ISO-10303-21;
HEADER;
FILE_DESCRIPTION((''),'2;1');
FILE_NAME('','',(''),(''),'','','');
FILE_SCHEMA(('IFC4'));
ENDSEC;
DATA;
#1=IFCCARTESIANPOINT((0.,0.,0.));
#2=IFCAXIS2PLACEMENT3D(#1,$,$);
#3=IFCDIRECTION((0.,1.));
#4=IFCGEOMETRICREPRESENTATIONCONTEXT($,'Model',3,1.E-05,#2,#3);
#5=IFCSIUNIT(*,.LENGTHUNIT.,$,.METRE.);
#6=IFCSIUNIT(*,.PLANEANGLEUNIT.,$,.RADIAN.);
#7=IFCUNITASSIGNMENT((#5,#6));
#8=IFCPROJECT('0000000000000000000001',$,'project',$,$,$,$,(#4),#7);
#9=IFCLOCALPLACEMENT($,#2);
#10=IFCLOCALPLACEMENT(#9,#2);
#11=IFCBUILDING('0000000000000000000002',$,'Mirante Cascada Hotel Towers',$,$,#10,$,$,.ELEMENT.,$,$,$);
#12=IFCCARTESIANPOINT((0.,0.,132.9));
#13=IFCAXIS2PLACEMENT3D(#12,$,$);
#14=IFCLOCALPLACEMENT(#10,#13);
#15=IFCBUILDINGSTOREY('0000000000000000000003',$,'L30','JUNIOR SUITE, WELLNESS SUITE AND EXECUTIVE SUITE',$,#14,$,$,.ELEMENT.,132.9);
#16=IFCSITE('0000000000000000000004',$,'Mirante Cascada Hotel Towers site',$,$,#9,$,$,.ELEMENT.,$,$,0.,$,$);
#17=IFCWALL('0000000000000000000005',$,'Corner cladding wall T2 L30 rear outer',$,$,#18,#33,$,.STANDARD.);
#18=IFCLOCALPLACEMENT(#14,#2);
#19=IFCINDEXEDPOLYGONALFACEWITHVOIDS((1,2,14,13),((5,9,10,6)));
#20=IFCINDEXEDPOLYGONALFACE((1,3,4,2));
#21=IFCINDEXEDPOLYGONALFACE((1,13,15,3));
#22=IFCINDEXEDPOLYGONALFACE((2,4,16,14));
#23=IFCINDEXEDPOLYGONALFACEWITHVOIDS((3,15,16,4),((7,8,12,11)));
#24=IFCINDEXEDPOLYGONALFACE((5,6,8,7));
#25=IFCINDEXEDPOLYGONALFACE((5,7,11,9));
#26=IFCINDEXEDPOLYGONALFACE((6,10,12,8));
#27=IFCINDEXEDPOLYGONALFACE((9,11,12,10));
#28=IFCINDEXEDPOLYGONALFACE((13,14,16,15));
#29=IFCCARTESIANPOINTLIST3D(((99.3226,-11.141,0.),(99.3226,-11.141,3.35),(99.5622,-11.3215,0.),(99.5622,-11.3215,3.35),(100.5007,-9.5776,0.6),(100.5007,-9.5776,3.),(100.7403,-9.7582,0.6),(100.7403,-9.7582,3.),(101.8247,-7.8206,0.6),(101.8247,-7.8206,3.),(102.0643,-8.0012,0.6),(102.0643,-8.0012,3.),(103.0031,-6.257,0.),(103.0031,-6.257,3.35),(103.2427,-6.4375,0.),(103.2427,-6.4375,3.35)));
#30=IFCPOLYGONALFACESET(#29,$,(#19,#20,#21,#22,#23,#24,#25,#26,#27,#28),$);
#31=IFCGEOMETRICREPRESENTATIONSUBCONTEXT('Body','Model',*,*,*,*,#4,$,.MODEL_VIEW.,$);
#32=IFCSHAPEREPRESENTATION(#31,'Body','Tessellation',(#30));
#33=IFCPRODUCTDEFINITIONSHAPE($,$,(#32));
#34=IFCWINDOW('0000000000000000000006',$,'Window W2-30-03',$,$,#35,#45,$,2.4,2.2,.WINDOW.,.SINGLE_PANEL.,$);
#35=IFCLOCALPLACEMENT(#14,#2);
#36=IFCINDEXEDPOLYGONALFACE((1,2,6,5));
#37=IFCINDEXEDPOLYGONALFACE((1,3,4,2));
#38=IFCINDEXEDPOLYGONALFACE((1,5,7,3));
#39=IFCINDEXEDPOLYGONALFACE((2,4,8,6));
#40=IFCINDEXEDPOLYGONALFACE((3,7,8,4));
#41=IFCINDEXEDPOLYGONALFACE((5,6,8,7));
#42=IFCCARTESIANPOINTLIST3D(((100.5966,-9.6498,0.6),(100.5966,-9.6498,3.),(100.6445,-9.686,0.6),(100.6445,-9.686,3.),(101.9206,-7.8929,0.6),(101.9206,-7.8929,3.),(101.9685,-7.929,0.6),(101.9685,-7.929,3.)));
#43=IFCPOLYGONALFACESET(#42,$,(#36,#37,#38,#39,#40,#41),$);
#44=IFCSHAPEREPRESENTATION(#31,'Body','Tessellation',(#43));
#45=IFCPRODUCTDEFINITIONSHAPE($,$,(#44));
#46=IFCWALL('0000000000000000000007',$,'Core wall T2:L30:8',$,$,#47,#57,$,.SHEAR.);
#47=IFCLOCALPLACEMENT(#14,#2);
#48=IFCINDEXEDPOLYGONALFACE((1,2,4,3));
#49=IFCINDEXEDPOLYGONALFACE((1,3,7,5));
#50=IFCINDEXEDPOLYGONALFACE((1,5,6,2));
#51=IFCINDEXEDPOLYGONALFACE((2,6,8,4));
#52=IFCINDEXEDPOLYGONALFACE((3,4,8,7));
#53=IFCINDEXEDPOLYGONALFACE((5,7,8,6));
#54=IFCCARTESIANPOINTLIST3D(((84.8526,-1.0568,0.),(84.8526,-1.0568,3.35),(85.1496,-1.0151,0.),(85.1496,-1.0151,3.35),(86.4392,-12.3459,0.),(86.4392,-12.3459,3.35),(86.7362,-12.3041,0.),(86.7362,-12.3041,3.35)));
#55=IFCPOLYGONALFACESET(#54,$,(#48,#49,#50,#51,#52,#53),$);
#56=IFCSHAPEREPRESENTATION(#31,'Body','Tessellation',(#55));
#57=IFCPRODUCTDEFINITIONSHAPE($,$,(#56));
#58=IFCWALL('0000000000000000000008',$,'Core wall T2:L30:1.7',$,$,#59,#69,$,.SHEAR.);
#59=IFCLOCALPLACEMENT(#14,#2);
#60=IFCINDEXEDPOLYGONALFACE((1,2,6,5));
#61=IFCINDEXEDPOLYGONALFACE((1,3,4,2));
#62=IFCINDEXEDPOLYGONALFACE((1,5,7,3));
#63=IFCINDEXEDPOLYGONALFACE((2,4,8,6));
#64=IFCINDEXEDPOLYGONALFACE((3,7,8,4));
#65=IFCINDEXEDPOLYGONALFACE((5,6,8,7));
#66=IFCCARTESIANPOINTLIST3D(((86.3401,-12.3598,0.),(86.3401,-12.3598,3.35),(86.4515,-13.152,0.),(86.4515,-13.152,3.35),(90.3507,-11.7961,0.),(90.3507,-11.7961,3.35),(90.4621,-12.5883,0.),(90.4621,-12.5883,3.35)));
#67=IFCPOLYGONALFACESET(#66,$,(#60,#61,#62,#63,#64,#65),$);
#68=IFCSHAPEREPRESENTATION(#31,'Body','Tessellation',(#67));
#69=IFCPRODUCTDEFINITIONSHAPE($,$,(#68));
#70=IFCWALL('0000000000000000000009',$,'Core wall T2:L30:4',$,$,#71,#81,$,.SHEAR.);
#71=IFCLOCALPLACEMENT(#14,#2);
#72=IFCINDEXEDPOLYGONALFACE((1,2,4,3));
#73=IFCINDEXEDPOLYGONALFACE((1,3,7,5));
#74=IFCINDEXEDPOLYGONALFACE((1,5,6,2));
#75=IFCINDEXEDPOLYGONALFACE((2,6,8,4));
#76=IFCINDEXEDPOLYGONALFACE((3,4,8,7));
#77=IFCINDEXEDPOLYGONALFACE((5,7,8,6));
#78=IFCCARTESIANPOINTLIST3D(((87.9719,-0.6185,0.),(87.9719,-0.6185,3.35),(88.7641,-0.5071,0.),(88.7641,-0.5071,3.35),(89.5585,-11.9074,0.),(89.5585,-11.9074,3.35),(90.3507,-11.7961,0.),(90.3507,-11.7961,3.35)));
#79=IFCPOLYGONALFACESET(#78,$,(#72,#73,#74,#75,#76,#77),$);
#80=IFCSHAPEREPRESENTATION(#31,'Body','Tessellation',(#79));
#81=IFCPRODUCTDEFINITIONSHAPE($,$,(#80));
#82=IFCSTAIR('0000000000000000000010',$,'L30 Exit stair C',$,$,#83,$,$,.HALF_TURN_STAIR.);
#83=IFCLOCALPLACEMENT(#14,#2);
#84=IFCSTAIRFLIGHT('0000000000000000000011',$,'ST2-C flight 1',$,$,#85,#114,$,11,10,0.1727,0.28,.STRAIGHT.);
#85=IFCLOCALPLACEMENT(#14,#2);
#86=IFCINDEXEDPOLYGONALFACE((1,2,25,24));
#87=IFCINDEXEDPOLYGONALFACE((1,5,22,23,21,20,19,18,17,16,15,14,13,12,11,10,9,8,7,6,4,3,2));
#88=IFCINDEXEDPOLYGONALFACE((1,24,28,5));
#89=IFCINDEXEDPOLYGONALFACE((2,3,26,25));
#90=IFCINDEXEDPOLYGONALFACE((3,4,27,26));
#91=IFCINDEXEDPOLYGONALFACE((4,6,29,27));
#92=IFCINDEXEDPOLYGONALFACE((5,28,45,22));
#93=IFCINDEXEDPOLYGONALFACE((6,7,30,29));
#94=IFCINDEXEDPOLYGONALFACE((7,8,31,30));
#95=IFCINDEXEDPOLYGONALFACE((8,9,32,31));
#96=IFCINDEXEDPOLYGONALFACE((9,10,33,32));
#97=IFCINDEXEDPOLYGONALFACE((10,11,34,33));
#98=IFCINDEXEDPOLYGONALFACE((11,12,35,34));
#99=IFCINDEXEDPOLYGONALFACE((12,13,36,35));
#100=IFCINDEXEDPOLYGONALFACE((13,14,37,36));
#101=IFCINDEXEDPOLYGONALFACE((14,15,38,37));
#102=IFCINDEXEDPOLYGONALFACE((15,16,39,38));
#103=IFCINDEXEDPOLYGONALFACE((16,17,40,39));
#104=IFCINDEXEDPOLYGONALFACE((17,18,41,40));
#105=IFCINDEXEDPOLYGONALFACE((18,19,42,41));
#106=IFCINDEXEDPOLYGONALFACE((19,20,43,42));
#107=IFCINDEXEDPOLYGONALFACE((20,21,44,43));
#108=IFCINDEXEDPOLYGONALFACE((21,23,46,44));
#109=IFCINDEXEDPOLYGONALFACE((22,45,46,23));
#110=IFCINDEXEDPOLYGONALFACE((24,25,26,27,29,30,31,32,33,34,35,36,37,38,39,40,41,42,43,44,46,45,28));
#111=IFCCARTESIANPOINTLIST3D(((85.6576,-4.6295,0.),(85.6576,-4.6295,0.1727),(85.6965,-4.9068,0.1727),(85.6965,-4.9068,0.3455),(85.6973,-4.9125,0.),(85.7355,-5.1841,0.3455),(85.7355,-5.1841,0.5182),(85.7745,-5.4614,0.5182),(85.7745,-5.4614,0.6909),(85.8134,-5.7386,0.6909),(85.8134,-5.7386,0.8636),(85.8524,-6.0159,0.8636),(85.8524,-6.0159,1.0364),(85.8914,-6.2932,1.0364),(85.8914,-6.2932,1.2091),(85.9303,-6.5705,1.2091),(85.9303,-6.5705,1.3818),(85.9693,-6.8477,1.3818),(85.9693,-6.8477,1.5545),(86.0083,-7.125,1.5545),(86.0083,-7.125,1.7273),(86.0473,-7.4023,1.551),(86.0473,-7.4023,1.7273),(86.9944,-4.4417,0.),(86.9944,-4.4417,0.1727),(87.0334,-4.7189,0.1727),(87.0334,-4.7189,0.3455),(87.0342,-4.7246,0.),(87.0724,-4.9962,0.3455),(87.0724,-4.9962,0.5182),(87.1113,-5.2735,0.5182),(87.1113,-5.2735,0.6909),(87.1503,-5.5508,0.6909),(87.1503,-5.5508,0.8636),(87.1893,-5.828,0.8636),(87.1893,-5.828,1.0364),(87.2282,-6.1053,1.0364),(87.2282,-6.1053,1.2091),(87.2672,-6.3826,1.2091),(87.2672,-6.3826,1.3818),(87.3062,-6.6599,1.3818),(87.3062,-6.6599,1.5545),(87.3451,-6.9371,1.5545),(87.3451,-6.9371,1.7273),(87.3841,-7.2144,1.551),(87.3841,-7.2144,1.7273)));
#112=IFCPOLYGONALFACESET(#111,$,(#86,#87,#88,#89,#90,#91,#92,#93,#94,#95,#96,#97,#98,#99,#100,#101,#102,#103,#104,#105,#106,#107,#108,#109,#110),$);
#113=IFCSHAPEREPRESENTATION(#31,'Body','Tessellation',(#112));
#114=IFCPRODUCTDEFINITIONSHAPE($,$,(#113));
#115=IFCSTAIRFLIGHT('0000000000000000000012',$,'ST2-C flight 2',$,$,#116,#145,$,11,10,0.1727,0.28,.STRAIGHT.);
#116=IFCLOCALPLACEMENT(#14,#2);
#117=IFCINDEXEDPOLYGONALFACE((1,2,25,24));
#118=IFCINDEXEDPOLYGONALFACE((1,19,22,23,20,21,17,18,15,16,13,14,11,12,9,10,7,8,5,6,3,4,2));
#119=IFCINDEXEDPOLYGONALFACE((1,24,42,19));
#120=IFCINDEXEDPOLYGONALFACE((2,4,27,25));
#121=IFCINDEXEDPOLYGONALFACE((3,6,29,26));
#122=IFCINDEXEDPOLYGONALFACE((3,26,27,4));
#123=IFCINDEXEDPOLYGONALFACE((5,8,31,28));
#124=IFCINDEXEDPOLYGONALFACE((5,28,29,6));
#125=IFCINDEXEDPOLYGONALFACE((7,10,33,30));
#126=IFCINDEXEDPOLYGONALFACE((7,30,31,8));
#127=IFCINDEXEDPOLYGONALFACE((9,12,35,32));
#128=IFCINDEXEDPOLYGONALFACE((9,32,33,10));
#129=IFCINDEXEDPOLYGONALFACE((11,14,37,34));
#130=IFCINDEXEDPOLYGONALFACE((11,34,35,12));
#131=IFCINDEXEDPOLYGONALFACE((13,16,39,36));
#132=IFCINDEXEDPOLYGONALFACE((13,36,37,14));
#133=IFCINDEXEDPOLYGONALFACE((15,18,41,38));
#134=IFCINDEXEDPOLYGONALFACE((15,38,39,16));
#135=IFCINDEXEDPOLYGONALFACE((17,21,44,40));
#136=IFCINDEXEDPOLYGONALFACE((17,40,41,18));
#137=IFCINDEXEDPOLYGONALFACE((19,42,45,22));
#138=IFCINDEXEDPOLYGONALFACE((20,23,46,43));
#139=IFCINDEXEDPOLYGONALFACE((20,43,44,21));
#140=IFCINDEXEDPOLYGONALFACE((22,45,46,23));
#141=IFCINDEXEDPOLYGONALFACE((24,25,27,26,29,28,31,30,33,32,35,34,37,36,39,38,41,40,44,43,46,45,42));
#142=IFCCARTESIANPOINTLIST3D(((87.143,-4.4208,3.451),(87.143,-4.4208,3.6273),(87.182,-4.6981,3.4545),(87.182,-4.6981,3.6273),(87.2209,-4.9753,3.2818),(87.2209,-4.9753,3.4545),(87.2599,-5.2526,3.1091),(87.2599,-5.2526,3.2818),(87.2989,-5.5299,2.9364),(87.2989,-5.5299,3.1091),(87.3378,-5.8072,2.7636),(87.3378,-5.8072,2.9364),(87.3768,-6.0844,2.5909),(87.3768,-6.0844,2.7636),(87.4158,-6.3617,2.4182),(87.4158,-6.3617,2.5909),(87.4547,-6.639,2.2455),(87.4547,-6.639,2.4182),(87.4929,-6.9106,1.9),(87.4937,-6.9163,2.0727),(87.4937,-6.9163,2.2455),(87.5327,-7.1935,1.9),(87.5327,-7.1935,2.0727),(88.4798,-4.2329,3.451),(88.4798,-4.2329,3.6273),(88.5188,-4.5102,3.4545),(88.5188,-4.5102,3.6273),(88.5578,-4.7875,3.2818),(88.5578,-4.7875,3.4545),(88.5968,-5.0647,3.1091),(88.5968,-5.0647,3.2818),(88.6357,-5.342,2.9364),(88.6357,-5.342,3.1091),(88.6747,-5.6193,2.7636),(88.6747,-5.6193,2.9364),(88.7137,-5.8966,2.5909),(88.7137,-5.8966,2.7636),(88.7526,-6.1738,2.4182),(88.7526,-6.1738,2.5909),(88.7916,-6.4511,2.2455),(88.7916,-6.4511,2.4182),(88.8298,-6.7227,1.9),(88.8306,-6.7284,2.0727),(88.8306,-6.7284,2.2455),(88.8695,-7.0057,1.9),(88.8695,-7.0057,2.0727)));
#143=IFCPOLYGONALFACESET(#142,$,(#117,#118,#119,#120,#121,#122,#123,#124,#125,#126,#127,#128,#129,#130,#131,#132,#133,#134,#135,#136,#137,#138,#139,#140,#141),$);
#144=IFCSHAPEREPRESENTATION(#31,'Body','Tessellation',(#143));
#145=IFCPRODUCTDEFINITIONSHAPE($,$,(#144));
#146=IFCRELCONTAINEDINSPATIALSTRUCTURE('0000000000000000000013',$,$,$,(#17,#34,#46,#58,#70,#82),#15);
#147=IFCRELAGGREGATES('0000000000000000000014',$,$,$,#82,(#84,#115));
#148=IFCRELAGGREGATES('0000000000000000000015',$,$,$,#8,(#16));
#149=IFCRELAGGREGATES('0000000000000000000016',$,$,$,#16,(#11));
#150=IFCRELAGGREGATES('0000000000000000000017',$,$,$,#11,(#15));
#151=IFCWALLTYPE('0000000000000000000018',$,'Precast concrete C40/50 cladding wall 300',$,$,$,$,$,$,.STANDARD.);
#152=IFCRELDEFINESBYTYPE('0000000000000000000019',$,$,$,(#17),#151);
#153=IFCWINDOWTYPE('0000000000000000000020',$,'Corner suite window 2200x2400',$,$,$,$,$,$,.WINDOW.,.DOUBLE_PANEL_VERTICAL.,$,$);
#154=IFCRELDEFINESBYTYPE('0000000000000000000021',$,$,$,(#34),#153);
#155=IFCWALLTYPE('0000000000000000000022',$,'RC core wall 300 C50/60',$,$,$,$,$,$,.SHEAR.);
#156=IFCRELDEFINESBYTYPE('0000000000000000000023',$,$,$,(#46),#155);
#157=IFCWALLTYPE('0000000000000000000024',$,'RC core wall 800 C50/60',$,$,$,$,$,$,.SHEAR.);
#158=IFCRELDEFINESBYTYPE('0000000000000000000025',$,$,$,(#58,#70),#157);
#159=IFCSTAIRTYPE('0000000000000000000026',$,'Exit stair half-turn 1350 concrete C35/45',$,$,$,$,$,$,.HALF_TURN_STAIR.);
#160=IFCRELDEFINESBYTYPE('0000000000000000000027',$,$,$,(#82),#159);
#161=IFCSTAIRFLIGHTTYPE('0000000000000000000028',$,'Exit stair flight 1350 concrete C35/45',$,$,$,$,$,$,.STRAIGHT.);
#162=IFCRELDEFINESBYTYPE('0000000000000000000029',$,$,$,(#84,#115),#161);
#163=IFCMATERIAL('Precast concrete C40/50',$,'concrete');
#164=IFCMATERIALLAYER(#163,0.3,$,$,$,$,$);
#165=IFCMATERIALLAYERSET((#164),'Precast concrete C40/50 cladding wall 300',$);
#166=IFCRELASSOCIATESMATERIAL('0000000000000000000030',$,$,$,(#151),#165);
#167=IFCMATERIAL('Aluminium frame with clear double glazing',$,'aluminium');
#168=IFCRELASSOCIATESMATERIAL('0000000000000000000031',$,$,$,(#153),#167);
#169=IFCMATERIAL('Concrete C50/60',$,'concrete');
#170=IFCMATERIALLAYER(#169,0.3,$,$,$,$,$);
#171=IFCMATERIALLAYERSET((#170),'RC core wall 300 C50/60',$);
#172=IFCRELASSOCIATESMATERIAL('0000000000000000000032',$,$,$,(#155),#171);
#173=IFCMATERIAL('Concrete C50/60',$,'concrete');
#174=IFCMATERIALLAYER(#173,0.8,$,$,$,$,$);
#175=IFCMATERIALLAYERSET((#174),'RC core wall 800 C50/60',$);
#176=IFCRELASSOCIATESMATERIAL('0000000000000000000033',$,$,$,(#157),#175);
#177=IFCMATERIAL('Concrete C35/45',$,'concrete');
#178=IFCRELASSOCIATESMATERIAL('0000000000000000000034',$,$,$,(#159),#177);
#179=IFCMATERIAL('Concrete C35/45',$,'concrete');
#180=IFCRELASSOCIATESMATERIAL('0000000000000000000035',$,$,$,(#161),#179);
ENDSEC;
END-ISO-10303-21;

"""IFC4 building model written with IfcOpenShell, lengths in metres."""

from ifc_helpers import new_model, si_unit, direction, frame, frame_2d, origin, place, context, subcontext, project, spatial, polyline, rectangle, outline, extrude, material, layer, layer_set, type_object, element, fill, aggregate, save


model = new_model("IFC4")

# Units and contexts
model_context = context("Model", 3, precision=1e-05, world=origin(), true_north=direction((0.0, 1.0)))
body_context = subcontext(model_context, "Body", "Model", "MODEL_VIEW")
ifc_project = project(units=[si_unit("LENGTHUNIT", "METRE"), si_unit("PLANEANGLEUNIT", "RADIAN")], contexts=[model_context])

# Site, building, storey
site_placement = place(None, origin())
site = spatial("IfcSite", under=ifc_project, at=site_placement, Name="Mirante Cascada Hotel Towers site", CompositionType="ELEMENT", RefElevation=0.0)
building_placement = place(site_placement, origin())
building = spatial("IfcBuilding", under=site, at=building_placement, Name="Mirante Cascada Hotel Towers", CompositionType="ELEMENT")
storey_placement = place(building_placement, frame((0.0, 0.0, 132.9)))
storey = spatial("IfcBuildingStorey", under=building, at=storey_placement, Name="L30", Description="JUNIOR SUITE, WELLNESS SUITE AND EXECUTIVE SUITE", CompositionType="ELEMENT", Elevation=132.9)

# Shared definitions
ifc_material_1 = material(Name="Precast concrete C40/50", Category="concrete")
ifc_layer_1 = layer(ifc_material_1, 0.3)
ifc_layer_set_1 = layer_set([ifc_layer_1], Name="Precast concrete C40/50 cladding wall 300")
wall_type_1 = type_object("IfcWallType", Name="Precast concrete C40/50 cladding wall 300", PredefinedType="STANDARD", material=ifc_layer_set_1)

# Wall, opening, window
wall_1_placement = place(storey_placement, frame((99.4424, -11.2313, 0.0), z_axis=(0.0, 0.0, 1.0), x_axis=(0.601819, 0.798632, 0.0)))
wall_1 = element("IfcWall", 1, at=wall_1_placement, inside=storey, type_object=wall_type_1, Name="Corner cladding wall T2 L30 rear outer", PredefinedType="STANDARD", context=body_context, shape_type="SweptSolid", body=[
    extrude(rectangle(XDim=6.1155, YDim=0.3, at=frame_2d((3.0578, 0.0))), origin(), (0.0, 0.0, 1.0), 3.35),
])
opening_1_placement = place(wall_1_placement, frame((1.9576, 0.0, 0.6)))
opening_1 = element("IfcOpeningElement", 2, at=opening_1_placement, cuts=wall_1, PredefinedType="OPENING", context=body_context, shape_type="SweptSolid", body=[
    extrude(rectangle(XDim=2.2, YDim=2.4, at=frame_2d((1.1, 1.2))), frame((0.0, 0.15, 0.0), z_axis=(0.0, -1.0, 0.0), x_axis=(1.0, 0.0, 0.0)), (0.0, 0.0, 1.0), 0.3),
])
ifc_material_2 = material(Name="Aluminium frame with clear double glazing", Category="aluminium")
window_type_1 = type_object("IfcWindowType", Name="Corner suite window 2200x2400", PartitioningType="DOUBLE_PANEL_VERTICAL", PredefinedType="WINDOW", material=ifc_material_2)
window_1_placement = place(opening_1_placement, origin())
window_1 = element("IfcWindow", 3, at=window_1_placement, inside=storey, type_object=window_type_1, Name="Window W2-30-03", OverallHeight=2.4, OverallWidth=2.2, PartitioningType="SINGLE_PANEL", PredefinedType="WINDOW", context=body_context, shape_type="SweptSolid", body=[
    extrude(rectangle(XDim=2.2, YDim=2.4, at=frame_2d((1.1, 1.2))), frame((0.0, 0.03, 0.0), z_axis=(0.0, -1.0, 0.0), x_axis=(1.0, 0.0, 0.0)), (0.0, 0.0, 1.0), 0.06),
])
fill(opening_1, window_1)

# Walls
ifc_material_3 = material(Name="Concrete C50/60", Category="concrete")
ifc_layer_2 = layer(ifc_material_3, 0.3)
ifc_layer_set_2 = layer_set([ifc_layer_2], Name="RC core wall 300 C50/60")
wall_type_2 = type_object("IfcWallType", Name="RC core wall 300 C50/60", PredefinedType="SHEAR", material=ifc_layer_set_2)
wall_2_placement = place(storey_placement, frame((86.5877, -12.325, 0.0), z_axis=(0.0, 0.0, 1.0), x_axis=(-0.139175, 0.990268, 0.0)))
element("IfcWall", 4, at=wall_2_placement, inside=storey, type_object=wall_type_2, Name="Core wall T2:L30:8", PredefinedType="SHEAR", context=body_context, shape_type="SweptSolid", body=[
    extrude(rectangle(XDim=11.4, YDim=0.3, at=frame_2d((5.7, 0.0))), origin(), (0.0, 0.0, 1.0), 3.35),
])
ifc_material_4 = material(Name="Concrete C50/60", Category="concrete")
ifc_layer_3 = layer(ifc_material_4, 0.8)
ifc_layer_set_3 = layer_set([ifc_layer_3], Name="RC core wall 800 C50/60")
wall_type_3 = type_object("IfcWallType", Name="RC core wall 800 C50/60", PredefinedType="SHEAR", material=ifc_layer_set_3)
wall_3_placement = place(storey_placement, frame((86.3958, -12.7559, 0.0), z_axis=(0.0, 0.0, 1.0), x_axis=(0.990267, 0.139184, 0.0)))
element("IfcWall", 5, at=wall_3_placement, inside=storey, type_object=wall_type_3, Name="Core wall T2:L30:1.7", PredefinedType="SHEAR", context=body_context, shape_type="SweptSolid", body=[
    extrude(rectangle(XDim=4.05, YDim=0.8, at=frame_2d((2.025, 0.0))), origin(), (0.0, 0.0, 1.0), 3.35),
])
wall_4_placement = place(storey_placement, frame((89.9546, -11.8518, 0.0), z_axis=(0.0, 0.0, 1.0), x_axis=(-0.139176, 0.990268, 0.0)))
element("IfcWall", 6, at=wall_4_placement, inside=storey, type_object=wall_type_3, Name="Core wall T2:L30:4", PredefinedType="SHEAR", context=body_context, shape_type="SweptSolid", body=[
    extrude(rectangle(XDim=11.3999, YDim=0.8, at=frame_2d((5.7, 0.0))), origin(), (0.0, 0.0, 1.0), 3.35),
])

# Stair, stair flights
ifc_material_5 = material(Name="Concrete C35/45", Category="concrete")
stair_type = type_object("IfcStairType", Name="Exit stair half-turn 1350 concrete C35/45", PredefinedType="HALF_TURN_STAIR", material=ifc_material_5)
stair_placement = place(storey_placement, origin())
stair = element("IfcStair", 7, at=stair_placement, inside=storey, type_object=stair_type, Name="L30 Exit stair C", PredefinedType="HALF_TURN_STAIR")
ifc_material_6 = material(Name="Concrete C35/45", Category="concrete")
stair_flight_type = type_object("IfcStairFlightType", Name="Exit stair flight 1350 concrete C35/45", PredefinedType="STRAIGHT", material=ifc_material_6)
stair_flight_1_placement = place(storey_placement, frame((86.326, -4.5356, 0.0), z_axis=(0.0, 0.0, 1.0), x_axis=(0.139173, -0.990268, 0.0)))
stair_flight_1 = element("IfcStairFlight", 8, at=stair_flight_1_placement, type_object=stair_flight_type, Name="ST2-C flight 1", NumberOfRisers=11, NumberOfTreads=10, PredefinedType="STRAIGHT", RiserHeight=0.1727, TreadLength=0.28, context=body_context, shape_type="SweptSolid", body=[
    extrude(outline(polyline([(0.0, 0.0), (0.0, 0.1727), (0.28, 0.1727), (0.28, 0.3455), (0.56, 0.3455), (0.56, 0.5182), (0.84, 0.5182), (0.84, 0.6909), (1.12, 0.6909), (1.12, 0.8636), (1.4, 0.8636), (1.4, 1.0364), (1.68, 1.0364), (1.68, 1.2091), (1.96, 1.2091), (1.96, 1.3818), (2.24, 1.3818), (2.24, 1.5545), (2.52, 1.5545), (2.52, 1.7273), (2.8, 1.7273), (2.8, 1.9), (2.8, 1.551), (0.2857, 0.0), (0.0, 0.0)])), frame((0.0, 0.675, 0.0), z_axis=(0.0, -1.0, 0.0), x_axis=(1.0, 0.0, 0.0)), (0.0, 0.0, 1.0), 1.35),
])
stair_flight_2_placement = place(storey_placement, frame((88.2011, -7.0996, 1.9), z_axis=(0.0, 0.0, 1.0), x_axis=(-0.139173, 0.990268, 0.0)))
stair_flight_2 = element("IfcStairFlight", 9, at=stair_flight_2_placement, type_object=stair_flight_type, Name="ST2-C flight 2", NumberOfRisers=11, NumberOfTreads=10, PredefinedType="STRAIGHT", RiserHeight=0.1727, TreadLength=0.28, context=body_context, shape_type="SweptSolid", body=[
    extrude(outline(polyline([(0.0, 0.0), (0.0, 0.1727), (0.28, 0.1727), (0.28, 0.3455), (0.56, 0.3455), (0.56, 0.5182), (0.84, 0.5182), (0.84, 0.6909), (1.12, 0.6909), (1.12, 0.8636), (1.4, 0.8636), (1.4, 1.0364), (1.68, 1.0364), (1.68, 1.2091), (1.96, 1.2091), (1.96, 1.3818), (2.24, 1.3818), (2.24, 1.5545), (2.52, 1.5545), (2.52, 1.7273), (2.8, 1.7273), (2.8, 1.9), (2.8, 1.551), (0.2857, 0.0), (0.0, 0.0)])), frame((0.0, 0.675, 0.0), z_axis=(0.0, -1.0, 0.0), x_axis=(1.0, 0.0, 0.0)), (0.0, 0.0, 1.0), 1.35),
])
aggregate(stair, [stair_flight_1, stair_flight_2])

save(model, "model.ifc")
